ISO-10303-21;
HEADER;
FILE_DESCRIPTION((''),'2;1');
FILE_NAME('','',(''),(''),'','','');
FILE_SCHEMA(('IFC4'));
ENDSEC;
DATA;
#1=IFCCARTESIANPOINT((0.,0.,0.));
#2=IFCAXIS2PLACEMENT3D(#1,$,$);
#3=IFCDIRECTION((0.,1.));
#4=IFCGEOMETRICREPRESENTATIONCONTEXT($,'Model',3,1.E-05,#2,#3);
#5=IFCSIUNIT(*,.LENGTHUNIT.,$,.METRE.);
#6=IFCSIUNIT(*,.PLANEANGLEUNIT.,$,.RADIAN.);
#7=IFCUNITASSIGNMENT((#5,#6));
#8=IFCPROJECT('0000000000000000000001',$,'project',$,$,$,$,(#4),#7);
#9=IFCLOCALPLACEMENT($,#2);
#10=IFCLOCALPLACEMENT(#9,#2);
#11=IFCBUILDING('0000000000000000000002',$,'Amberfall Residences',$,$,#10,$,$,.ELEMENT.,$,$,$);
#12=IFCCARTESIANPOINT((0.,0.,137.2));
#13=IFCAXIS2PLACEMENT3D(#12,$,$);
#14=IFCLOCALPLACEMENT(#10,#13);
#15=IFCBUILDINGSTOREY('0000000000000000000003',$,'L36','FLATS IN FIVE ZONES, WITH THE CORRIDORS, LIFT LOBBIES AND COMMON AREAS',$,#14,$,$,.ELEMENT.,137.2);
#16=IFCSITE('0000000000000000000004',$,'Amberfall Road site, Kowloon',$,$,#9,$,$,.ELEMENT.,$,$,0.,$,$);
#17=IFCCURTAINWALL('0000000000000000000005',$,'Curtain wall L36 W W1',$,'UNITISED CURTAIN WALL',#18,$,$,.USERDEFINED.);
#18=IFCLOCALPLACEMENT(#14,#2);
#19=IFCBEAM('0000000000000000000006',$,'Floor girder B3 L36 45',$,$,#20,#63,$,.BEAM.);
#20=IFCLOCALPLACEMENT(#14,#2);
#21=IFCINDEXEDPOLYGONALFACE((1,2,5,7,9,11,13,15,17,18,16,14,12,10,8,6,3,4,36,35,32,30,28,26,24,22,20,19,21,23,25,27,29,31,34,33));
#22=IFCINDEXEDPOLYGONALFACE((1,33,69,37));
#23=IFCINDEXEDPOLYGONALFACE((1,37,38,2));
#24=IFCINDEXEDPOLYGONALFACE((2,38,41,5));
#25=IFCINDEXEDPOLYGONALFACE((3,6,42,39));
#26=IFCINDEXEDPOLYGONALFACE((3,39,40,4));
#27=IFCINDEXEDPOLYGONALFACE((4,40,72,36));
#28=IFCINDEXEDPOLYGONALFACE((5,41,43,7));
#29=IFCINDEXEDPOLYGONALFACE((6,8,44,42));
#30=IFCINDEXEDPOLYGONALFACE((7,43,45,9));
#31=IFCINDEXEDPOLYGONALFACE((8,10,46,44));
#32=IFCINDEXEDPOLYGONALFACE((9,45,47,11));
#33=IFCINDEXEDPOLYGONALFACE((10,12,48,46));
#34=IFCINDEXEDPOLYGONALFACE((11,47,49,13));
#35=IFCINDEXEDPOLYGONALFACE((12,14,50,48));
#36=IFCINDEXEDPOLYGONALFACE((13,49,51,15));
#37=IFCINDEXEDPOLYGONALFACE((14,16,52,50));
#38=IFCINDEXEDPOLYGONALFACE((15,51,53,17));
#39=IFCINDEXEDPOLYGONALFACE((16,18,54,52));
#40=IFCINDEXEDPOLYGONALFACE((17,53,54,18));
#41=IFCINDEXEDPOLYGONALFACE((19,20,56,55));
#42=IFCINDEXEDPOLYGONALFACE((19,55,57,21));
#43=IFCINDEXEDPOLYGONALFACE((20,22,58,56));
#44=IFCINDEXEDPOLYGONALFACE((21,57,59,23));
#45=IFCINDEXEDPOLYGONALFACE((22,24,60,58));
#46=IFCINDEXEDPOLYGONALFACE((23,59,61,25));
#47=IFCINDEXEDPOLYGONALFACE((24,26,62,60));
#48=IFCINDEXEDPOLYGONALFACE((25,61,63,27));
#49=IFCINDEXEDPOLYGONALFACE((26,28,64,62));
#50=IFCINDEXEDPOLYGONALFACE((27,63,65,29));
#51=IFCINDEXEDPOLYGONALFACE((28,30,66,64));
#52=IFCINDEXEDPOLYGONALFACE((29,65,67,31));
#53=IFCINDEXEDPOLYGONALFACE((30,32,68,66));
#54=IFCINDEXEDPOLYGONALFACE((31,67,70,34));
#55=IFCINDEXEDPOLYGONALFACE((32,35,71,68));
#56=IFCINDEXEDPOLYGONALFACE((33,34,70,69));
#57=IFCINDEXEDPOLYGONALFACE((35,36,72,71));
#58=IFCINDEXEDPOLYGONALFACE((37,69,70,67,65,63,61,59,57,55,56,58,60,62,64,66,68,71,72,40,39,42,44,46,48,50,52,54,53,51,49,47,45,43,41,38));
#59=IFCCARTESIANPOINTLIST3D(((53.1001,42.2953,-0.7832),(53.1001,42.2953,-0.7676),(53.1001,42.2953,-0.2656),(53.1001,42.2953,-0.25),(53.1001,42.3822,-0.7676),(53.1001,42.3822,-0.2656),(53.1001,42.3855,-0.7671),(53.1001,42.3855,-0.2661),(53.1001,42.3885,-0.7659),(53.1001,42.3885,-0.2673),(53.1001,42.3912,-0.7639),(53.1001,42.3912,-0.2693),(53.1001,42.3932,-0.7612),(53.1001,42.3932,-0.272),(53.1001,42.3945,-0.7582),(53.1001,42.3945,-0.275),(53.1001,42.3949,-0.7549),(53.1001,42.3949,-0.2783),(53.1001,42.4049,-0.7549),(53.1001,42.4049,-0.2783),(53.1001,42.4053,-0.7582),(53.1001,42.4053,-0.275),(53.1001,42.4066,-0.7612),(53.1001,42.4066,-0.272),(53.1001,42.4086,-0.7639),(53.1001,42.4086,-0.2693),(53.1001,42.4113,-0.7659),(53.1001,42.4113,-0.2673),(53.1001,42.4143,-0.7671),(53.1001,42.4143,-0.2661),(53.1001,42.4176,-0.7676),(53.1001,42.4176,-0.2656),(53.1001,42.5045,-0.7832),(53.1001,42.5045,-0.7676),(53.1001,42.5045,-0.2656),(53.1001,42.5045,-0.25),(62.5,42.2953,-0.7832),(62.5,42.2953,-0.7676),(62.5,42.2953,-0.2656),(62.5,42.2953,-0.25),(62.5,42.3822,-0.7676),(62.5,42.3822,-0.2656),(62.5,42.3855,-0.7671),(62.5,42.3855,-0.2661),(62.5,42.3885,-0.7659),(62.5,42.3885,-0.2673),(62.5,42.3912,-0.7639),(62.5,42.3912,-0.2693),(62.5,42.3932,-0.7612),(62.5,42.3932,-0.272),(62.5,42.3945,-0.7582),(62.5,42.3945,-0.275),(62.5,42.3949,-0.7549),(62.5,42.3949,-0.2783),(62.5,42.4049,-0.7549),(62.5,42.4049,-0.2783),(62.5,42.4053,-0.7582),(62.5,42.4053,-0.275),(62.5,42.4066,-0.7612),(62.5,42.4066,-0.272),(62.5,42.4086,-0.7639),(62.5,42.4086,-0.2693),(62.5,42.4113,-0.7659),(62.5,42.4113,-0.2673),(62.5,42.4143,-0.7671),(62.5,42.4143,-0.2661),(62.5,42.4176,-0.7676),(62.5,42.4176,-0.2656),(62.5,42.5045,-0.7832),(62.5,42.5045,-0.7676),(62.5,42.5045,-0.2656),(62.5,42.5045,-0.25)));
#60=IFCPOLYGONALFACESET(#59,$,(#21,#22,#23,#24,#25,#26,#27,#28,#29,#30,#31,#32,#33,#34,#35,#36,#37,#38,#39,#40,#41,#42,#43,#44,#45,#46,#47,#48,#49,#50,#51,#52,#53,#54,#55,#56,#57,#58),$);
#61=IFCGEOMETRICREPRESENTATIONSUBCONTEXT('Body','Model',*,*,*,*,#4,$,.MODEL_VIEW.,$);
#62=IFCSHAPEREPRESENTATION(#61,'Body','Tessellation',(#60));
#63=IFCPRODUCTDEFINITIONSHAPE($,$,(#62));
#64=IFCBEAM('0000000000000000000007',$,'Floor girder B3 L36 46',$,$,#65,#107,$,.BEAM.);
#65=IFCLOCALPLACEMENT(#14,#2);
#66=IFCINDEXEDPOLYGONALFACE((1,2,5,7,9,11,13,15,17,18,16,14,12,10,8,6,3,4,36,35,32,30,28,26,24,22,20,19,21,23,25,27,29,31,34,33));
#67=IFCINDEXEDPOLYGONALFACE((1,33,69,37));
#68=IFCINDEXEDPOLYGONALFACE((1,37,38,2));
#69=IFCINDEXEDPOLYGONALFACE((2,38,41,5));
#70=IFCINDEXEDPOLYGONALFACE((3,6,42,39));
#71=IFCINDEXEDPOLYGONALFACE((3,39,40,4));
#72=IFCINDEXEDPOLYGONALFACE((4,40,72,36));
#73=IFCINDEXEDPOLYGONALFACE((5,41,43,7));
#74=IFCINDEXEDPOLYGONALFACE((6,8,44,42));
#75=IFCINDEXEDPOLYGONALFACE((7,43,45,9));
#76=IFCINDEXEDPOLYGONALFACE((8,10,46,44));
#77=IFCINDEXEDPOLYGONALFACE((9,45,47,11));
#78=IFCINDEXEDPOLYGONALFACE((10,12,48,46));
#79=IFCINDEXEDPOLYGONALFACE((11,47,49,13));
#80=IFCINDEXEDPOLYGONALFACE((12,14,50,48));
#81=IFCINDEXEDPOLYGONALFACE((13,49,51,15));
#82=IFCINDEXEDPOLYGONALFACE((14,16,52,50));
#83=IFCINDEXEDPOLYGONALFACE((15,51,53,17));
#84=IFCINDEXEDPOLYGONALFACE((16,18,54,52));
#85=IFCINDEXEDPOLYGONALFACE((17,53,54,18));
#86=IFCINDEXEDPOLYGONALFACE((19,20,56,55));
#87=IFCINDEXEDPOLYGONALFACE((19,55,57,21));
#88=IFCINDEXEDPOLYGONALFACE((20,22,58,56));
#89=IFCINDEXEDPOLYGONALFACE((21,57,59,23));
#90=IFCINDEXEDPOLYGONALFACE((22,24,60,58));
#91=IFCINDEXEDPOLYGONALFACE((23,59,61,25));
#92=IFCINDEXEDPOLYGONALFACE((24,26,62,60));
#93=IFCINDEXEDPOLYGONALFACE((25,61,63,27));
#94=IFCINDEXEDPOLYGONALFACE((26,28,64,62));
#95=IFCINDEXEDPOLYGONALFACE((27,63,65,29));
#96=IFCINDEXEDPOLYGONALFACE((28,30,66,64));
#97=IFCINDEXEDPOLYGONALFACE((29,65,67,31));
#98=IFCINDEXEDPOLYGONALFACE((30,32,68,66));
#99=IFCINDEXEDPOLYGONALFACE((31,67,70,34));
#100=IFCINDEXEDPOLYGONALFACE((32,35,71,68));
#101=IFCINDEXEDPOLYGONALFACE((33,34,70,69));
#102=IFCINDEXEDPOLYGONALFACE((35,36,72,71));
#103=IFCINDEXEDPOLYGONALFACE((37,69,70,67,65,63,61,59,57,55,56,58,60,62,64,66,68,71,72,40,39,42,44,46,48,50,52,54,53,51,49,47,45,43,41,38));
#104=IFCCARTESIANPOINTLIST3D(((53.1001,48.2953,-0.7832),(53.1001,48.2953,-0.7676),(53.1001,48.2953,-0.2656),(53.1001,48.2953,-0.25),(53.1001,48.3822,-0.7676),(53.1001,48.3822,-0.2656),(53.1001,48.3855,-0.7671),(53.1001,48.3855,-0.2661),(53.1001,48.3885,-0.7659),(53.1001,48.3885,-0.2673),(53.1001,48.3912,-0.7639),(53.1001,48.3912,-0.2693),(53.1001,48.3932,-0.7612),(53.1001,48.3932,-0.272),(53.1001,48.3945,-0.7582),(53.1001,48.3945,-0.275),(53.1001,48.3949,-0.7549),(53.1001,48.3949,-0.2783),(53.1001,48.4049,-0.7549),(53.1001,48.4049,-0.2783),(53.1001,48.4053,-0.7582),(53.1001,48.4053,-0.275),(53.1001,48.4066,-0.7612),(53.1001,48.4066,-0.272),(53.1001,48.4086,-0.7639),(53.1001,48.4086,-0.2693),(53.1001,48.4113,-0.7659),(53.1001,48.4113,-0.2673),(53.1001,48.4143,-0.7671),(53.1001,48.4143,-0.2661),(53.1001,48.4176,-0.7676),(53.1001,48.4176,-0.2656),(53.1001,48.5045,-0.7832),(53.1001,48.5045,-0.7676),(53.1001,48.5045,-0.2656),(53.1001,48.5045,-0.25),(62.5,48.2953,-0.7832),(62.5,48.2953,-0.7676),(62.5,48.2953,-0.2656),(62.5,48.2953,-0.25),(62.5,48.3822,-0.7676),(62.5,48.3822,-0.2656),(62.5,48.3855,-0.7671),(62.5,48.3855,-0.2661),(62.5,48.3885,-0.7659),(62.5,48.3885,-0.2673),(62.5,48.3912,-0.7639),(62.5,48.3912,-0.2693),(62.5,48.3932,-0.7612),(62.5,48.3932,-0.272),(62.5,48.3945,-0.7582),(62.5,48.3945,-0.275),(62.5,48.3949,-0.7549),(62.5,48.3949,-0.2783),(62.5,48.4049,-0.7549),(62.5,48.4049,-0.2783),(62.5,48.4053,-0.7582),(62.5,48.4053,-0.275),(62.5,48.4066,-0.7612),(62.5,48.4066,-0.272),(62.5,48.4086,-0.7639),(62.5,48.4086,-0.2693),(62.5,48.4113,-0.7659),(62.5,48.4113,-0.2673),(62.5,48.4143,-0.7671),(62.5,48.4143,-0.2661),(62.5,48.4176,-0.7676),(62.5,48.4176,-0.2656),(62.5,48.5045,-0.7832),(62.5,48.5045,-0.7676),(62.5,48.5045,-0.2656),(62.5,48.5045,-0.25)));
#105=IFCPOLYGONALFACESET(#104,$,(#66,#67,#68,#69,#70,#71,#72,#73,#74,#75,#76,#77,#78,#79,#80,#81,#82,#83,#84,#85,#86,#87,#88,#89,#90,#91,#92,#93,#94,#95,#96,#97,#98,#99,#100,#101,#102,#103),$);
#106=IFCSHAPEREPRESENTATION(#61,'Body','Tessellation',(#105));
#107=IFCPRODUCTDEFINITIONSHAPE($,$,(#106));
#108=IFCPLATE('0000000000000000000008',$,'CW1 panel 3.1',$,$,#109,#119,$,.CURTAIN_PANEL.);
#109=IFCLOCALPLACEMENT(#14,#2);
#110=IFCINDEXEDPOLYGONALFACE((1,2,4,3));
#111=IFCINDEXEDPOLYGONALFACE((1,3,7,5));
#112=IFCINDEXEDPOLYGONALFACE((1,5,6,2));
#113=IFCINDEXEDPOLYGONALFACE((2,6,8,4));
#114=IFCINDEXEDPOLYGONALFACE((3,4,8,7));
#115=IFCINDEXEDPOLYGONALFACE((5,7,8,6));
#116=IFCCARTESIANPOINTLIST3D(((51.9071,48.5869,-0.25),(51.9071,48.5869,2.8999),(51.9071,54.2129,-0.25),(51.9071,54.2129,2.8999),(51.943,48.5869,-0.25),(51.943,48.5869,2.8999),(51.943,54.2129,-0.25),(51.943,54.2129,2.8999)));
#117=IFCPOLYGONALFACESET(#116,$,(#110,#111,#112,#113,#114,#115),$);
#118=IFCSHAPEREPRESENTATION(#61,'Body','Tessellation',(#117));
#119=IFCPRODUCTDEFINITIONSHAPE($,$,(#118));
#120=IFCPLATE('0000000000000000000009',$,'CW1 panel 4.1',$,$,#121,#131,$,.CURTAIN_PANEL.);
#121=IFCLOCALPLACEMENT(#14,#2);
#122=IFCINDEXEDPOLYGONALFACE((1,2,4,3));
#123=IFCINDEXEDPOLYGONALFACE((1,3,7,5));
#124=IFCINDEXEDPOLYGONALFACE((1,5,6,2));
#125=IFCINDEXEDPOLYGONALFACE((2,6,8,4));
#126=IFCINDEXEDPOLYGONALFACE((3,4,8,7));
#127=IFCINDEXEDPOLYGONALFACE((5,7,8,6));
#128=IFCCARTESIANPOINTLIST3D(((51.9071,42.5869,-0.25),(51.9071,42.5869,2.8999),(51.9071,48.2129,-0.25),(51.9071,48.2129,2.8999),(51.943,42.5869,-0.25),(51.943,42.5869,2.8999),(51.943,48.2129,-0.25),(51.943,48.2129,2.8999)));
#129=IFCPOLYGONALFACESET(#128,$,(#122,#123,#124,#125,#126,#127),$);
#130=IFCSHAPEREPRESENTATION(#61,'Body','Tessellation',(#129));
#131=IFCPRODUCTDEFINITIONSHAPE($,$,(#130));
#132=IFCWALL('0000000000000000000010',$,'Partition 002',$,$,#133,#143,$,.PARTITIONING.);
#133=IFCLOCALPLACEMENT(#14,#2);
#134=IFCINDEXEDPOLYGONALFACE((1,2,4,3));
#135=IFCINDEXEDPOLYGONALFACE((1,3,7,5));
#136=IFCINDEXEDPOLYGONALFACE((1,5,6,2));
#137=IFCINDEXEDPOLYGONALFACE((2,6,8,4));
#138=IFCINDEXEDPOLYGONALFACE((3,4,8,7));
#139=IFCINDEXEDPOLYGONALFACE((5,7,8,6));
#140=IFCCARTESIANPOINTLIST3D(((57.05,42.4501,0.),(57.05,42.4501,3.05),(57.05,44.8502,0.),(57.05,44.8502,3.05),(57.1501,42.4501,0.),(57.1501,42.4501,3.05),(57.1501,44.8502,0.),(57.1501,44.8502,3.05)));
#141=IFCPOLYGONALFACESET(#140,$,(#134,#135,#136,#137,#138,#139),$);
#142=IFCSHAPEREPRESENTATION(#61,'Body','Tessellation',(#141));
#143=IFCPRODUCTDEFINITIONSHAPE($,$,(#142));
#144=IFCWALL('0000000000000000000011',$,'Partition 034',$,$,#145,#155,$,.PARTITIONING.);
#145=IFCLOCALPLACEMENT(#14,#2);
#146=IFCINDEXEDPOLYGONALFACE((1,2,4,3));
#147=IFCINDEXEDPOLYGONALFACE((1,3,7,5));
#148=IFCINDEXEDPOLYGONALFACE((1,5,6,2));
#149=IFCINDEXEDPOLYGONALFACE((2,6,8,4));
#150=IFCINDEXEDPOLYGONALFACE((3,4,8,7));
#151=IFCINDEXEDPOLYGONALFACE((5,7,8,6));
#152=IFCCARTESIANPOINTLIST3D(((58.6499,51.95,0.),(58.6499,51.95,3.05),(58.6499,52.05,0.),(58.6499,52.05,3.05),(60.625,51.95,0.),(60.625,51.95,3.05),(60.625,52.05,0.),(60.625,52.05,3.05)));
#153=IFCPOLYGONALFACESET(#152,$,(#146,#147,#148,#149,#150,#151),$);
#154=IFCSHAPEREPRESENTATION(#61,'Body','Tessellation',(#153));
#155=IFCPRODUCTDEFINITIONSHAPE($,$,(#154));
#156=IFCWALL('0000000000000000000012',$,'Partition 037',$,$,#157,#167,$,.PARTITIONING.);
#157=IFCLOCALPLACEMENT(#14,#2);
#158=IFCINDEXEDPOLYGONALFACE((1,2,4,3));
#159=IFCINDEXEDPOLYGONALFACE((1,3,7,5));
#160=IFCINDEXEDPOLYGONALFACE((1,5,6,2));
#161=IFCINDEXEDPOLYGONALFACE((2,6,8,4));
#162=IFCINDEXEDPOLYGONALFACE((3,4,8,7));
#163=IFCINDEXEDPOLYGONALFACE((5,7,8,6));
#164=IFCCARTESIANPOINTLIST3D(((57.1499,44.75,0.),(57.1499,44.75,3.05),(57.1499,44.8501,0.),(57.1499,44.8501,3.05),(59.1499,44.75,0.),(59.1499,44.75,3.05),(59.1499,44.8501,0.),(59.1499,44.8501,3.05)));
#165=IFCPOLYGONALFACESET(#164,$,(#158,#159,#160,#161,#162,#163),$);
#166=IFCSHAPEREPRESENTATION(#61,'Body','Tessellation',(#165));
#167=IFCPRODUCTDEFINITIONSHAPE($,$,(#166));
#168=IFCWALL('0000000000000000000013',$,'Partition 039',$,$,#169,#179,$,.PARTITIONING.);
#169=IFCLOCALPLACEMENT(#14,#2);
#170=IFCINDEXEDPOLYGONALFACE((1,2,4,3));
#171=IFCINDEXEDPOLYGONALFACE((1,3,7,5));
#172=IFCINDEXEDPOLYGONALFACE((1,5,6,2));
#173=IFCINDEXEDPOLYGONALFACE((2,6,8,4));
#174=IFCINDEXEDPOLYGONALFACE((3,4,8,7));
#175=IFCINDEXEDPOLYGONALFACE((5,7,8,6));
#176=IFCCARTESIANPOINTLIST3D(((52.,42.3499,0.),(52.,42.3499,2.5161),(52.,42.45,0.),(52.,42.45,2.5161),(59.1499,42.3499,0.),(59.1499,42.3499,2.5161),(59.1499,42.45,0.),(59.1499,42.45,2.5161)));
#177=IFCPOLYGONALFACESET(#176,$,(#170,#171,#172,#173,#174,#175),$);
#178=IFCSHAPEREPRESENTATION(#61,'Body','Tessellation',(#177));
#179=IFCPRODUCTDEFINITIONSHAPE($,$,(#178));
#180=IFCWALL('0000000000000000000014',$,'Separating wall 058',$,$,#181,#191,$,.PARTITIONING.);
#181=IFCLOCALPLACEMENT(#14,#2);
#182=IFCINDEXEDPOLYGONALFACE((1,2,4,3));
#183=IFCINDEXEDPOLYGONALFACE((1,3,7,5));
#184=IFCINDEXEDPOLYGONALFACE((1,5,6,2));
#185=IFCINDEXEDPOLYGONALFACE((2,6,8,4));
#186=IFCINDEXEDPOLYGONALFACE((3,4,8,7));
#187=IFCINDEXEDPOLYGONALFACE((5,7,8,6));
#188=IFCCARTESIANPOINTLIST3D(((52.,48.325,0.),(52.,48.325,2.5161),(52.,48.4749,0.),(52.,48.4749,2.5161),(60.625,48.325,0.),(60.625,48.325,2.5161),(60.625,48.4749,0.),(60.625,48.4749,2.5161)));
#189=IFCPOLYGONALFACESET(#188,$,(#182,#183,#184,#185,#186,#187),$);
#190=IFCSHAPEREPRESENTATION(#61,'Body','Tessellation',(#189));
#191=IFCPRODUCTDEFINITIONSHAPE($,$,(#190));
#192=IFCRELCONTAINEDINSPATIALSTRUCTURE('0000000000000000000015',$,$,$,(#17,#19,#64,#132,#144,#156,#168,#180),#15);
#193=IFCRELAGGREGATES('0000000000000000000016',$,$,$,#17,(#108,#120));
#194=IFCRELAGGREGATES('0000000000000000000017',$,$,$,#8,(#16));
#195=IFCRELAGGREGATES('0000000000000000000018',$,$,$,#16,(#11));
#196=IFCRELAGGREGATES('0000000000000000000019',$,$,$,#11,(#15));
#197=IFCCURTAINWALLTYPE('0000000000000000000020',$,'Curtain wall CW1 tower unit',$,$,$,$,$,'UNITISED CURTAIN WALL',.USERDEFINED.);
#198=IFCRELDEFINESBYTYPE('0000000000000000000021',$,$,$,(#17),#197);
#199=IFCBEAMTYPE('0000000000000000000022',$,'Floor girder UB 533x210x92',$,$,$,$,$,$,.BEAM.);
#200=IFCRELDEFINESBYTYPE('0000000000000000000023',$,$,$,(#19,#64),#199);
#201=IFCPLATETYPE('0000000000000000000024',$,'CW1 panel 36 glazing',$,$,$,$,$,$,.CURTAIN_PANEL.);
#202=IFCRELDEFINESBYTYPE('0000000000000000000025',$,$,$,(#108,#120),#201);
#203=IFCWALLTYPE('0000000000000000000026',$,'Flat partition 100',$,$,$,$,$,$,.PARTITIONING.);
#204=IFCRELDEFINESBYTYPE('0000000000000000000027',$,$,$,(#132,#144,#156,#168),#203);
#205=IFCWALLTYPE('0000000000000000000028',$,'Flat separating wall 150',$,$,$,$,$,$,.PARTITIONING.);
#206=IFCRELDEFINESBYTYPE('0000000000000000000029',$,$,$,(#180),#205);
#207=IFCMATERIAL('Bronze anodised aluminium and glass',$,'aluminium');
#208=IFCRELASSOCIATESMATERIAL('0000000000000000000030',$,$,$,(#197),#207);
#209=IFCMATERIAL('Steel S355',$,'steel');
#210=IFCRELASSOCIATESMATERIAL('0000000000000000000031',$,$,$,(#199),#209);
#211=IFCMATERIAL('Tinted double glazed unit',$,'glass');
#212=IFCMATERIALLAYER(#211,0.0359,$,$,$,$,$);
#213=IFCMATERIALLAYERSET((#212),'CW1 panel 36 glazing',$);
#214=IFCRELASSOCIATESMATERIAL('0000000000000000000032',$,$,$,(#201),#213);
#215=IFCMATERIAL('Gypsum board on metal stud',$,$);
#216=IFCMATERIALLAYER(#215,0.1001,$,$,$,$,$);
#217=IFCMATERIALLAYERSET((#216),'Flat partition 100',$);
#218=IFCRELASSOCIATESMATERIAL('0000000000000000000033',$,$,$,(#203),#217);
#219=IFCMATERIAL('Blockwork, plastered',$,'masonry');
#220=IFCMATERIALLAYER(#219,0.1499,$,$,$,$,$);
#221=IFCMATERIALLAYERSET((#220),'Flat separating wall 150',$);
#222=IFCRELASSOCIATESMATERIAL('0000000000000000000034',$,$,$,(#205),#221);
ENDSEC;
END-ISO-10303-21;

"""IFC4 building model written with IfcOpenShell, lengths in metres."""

from ifc_helpers import new_model, si_unit, direction, frame, frame_2d, origin, origin_2d, place, context, subcontext, project, spatial, rectangle, i_section, extrude, material, layer, layer_set, material_profile, profile_set, type_object, element, aggregate, save


model = new_model("IFC4")

# Units and contexts
model_context = context("Model", 3, precision=1e-05, world=origin(), true_north=direction((0.0, 1.0)))
body_context = subcontext(model_context, "Body", "Model", "MODEL_VIEW")
ifc_project = project(units=[si_unit("LENGTHUNIT", "METRE"), si_unit("PLANEANGLEUNIT", "RADIAN")], contexts=[model_context])

# Site, building, storey
site_placement = place(None, origin())
site = spatial("IfcSite", under=ifc_project, at=site_placement, Name="Amberfall Road site, Kowloon", CompositionType="ELEMENT", RefElevation=0.0)
building_placement = place(site_placement, origin())
building = spatial("IfcBuilding", under=site, at=building_placement, Name="Amberfall Residences", CompositionType="ELEMENT")
storey_placement = place(building_placement, frame((0.0, 0.0, 137.2)))
storey = spatial("IfcBuildingStorey", under=building, at=storey_placement, Name="L36", Description="FLATS IN FIVE ZONES, WITH THE CORRIDORS, LIFT LOBBIES AND COMMON AREAS", CompositionType="ELEMENT", Elevation=137.2)

# Curtain wall
ifc_material_1 = material(Name="Bronze anodised aluminium and glass", Category="aluminium")
curtain_wall_type = type_object("IfcCurtainWallType", Name="Curtain wall CW1 tower unit", ElementType="UNITISED CURTAIN WALL", PredefinedType="USERDEFINED", material=ifc_material_1)
curtain_wall_placement = place(storey_placement, origin())
curtain_wall = element("IfcCurtainWall", 1, at=curtain_wall_placement, inside=storey, type_object=curtain_wall_type, Name="Curtain wall L36 W W1", ObjectType="UNITISED CURTAIN WALL", PredefinedType="USERDEFINED")

# Shared definitions
ifc_material_2 = material(Name="Steel S355", Category="steel")

# Beams
ifc_material_profile_1 = material_profile(ifc_material_2, i_section(OverallWidth=0.2092, OverallDepth=0.5332, WebThickness=0.01, FlangeThickness=0.0156, FilletRadius=0.0127, at=origin_2d()), Name="UB 533x210x92")
ifc_profile_set_1 = profile_set([ifc_material_profile_1], Name="Steel S355")
beam_type_1 = type_object("IfcBeamType", Name="Floor girder UB 533x210x92", PredefinedType="BEAM", material=ifc_profile_set_1)
for number, where, z_axis, x_axis, name in (
    (2, (53.1001, 42.3999, -0.5166), (1.0, 0.0, 0.0), (0.0, 1.0, 0.0), "Floor girder B3 L36 45"),
    (3, (53.1001, 48.3999, -0.5166), (1.0, 0.0, 0.0), (0.0, 1.0, 0.0), "Floor girder B3 L36 46"),
):
    element("IfcBeam", number, at=place(storey_placement, frame(where, z_axis=z_axis, x_axis=x_axis)), inside=storey, type_object=beam_type_1, Name=name, PredefinedType="BEAM", context=body_context, shape_type="SweptSolid", body=[
        extrude(i_section(OverallWidth=0.2092, OverallDepth=0.5332, WebThickness=0.01, FlangeThickness=0.0156, FilletRadius=0.0127, at=origin_2d()), origin(), (0.0, 0.0, 1.0), 9.3999),
    ])

# Plates
ifc_material_3 = material(Name="Tinted double glazed unit", Category="glass")
ifc_layer_1 = layer(ifc_material_3, 0.0359)
ifc_layer_set_1 = layer_set([ifc_layer_1], Name="CW1 panel 36 glazing")
plate_type = type_object("IfcPlateType", Name="CW1 panel 36 glazing", PredefinedType="CURTAIN_PANEL", material=ifc_layer_set_1)
plate_1_placement = place(storey_placement, frame((51.925, 51.3999, -0.25), z_axis=(0.0, 0.0, 1.0), x_axis=(0.0, -1.0, 0.0)))
plate_1 = element("IfcPlate", 4, at=plate_1_placement, type_object=plate_type, Name="CW1 panel 3.1", PredefinedType="CURTAIN_PANEL", context=body_context, shape_type="SweptSolid", body=[
    extrude(rectangle(XDim=5.626, YDim=0.0359, at=origin_2d()), origin(), (0.0, 0.0, 1.0), 3.1499),
])
plate_2_placement = place(storey_placement, frame((51.925, 45.3999, -0.25), z_axis=(0.0, 0.0, 1.0), x_axis=(0.0, -1.0, 0.0)))
plate_2 = element("IfcPlate", 5, at=plate_2_placement, type_object=plate_type, Name="CW1 panel 4.1", PredefinedType="CURTAIN_PANEL", context=body_context, shape_type="SweptSolid", body=[
    extrude(rectangle(XDim=5.626, YDim=0.0359, at=origin_2d()), origin(), (0.0, 0.0, 1.0), 3.1499),
])
aggregate(curtain_wall, [plate_1, plate_2])

# Walls
ifc_material_4 = material(Name="Gypsum board on metal stud")
ifc_layer_2 = layer(ifc_material_4, 0.1001)
ifc_layer_set_2 = layer_set([ifc_layer_2], Name="Flat partition 100")
wall_type_1 = type_object("IfcWallType", Name="Flat partition 100", PredefinedType="PARTITIONING", material=ifc_layer_set_2)
wall_1_placement = place(storey_placement, frame((57.1001, 42.45, 0.0), z_axis=(0.0, 0.0, 1.0), x_axis=(0.0, 1.0, 0.0)))
element("IfcWall", 6, at=wall_1_placement, inside=storey, type_object=wall_type_1, Name="Partition 002", PredefinedType="PARTITIONING", context=body_context, shape_type="SweptSolid", body=[
    extrude(rectangle(XDim=2.4001, YDim=0.1001, at=frame_2d((1.2002, 0.0))), origin(), (0.0, 0.0, 1.0), 3.05),
])
wall_2_placement = place(storey_placement, frame((58.6499, 52.0, 0.0), z_axis=(0.0, 0.0, 1.0), x_axis=(1.0, 0.0, 0.0)))
element("IfcWall", 7, at=wall_2_placement, inside=storey, type_object=wall_type_1, Name="Partition 034", PredefinedType="PARTITIONING", context=body_context, shape_type="SweptSolid", body=[
    extrude(rectangle(XDim=1.9751, YDim=0.1001, at=frame_2d((0.9875, 0.0))), origin(), (0.0, 0.0, 1.0), 3.05),
])
wall_3_placement = place(storey_placement, frame((57.1499, 44.8, 0.0), z_axis=(0.0, 0.0, 1.0), x_axis=(1.0, 0.0, 0.0)))
element("IfcWall", 8, at=wall_3_placement, inside=storey, type_object=wall_type_1, Name="Partition 037", PredefinedType="PARTITIONING", context=body_context, shape_type="SweptSolid", body=[
    extrude(rectangle(XDim=2.0, YDim=0.1001, at=frame_2d((1.0, 0.0))), origin(), (0.0, 0.0, 1.0), 3.05),
])
wall_4_placement = place(storey_placement, frame((52.0, 42.3999, 0.0), z_axis=(0.0, 0.0, 1.0), x_axis=(1.0, 0.0, 0.0)))
element("IfcWall", 9, at=wall_4_placement, inside=storey, type_object=wall_type_1, Name="Partition 039", PredefinedType="PARTITIONING", context=body_context, shape_type="SweptSolid", body=[
    extrude(rectangle(XDim=7.1499, YDim=0.1001, at=frame_2d((3.575, 0.0))), origin(), (0.0, 0.0, 1.0), 2.5161),
])
ifc_material_5 = material(Name="Blockwork, plastered", Category="masonry")
ifc_layer_3 = layer(ifc_material_5, 0.1499)
ifc_layer_set_3 = layer_set([ifc_layer_3], Name="Flat separating wall 150")
wall_type_2 = type_object("IfcWallType", Name="Flat separating wall 150", PredefinedType="PARTITIONING", material=ifc_layer_set_3)
wall_5_placement = place(storey_placement, frame((52.0, 48.3999, 0.0), z_axis=(0.0, 0.0, 1.0), x_axis=(1.0, 0.0, 0.0)))
element("IfcWall", 10, at=wall_5_placement, inside=storey, type_object=wall_type_2, Name="Separating wall 058", PredefinedType="PARTITIONING", context=body_context, shape_type="SweptSolid", body=[
    extrude(rectangle(XDim=8.625, YDim=0.1499, at=frame_2d((4.3125, 0.0))), origin(), (0.0, 0.0, 1.0), 2.5161),
])

save(model, "model.ifc")
